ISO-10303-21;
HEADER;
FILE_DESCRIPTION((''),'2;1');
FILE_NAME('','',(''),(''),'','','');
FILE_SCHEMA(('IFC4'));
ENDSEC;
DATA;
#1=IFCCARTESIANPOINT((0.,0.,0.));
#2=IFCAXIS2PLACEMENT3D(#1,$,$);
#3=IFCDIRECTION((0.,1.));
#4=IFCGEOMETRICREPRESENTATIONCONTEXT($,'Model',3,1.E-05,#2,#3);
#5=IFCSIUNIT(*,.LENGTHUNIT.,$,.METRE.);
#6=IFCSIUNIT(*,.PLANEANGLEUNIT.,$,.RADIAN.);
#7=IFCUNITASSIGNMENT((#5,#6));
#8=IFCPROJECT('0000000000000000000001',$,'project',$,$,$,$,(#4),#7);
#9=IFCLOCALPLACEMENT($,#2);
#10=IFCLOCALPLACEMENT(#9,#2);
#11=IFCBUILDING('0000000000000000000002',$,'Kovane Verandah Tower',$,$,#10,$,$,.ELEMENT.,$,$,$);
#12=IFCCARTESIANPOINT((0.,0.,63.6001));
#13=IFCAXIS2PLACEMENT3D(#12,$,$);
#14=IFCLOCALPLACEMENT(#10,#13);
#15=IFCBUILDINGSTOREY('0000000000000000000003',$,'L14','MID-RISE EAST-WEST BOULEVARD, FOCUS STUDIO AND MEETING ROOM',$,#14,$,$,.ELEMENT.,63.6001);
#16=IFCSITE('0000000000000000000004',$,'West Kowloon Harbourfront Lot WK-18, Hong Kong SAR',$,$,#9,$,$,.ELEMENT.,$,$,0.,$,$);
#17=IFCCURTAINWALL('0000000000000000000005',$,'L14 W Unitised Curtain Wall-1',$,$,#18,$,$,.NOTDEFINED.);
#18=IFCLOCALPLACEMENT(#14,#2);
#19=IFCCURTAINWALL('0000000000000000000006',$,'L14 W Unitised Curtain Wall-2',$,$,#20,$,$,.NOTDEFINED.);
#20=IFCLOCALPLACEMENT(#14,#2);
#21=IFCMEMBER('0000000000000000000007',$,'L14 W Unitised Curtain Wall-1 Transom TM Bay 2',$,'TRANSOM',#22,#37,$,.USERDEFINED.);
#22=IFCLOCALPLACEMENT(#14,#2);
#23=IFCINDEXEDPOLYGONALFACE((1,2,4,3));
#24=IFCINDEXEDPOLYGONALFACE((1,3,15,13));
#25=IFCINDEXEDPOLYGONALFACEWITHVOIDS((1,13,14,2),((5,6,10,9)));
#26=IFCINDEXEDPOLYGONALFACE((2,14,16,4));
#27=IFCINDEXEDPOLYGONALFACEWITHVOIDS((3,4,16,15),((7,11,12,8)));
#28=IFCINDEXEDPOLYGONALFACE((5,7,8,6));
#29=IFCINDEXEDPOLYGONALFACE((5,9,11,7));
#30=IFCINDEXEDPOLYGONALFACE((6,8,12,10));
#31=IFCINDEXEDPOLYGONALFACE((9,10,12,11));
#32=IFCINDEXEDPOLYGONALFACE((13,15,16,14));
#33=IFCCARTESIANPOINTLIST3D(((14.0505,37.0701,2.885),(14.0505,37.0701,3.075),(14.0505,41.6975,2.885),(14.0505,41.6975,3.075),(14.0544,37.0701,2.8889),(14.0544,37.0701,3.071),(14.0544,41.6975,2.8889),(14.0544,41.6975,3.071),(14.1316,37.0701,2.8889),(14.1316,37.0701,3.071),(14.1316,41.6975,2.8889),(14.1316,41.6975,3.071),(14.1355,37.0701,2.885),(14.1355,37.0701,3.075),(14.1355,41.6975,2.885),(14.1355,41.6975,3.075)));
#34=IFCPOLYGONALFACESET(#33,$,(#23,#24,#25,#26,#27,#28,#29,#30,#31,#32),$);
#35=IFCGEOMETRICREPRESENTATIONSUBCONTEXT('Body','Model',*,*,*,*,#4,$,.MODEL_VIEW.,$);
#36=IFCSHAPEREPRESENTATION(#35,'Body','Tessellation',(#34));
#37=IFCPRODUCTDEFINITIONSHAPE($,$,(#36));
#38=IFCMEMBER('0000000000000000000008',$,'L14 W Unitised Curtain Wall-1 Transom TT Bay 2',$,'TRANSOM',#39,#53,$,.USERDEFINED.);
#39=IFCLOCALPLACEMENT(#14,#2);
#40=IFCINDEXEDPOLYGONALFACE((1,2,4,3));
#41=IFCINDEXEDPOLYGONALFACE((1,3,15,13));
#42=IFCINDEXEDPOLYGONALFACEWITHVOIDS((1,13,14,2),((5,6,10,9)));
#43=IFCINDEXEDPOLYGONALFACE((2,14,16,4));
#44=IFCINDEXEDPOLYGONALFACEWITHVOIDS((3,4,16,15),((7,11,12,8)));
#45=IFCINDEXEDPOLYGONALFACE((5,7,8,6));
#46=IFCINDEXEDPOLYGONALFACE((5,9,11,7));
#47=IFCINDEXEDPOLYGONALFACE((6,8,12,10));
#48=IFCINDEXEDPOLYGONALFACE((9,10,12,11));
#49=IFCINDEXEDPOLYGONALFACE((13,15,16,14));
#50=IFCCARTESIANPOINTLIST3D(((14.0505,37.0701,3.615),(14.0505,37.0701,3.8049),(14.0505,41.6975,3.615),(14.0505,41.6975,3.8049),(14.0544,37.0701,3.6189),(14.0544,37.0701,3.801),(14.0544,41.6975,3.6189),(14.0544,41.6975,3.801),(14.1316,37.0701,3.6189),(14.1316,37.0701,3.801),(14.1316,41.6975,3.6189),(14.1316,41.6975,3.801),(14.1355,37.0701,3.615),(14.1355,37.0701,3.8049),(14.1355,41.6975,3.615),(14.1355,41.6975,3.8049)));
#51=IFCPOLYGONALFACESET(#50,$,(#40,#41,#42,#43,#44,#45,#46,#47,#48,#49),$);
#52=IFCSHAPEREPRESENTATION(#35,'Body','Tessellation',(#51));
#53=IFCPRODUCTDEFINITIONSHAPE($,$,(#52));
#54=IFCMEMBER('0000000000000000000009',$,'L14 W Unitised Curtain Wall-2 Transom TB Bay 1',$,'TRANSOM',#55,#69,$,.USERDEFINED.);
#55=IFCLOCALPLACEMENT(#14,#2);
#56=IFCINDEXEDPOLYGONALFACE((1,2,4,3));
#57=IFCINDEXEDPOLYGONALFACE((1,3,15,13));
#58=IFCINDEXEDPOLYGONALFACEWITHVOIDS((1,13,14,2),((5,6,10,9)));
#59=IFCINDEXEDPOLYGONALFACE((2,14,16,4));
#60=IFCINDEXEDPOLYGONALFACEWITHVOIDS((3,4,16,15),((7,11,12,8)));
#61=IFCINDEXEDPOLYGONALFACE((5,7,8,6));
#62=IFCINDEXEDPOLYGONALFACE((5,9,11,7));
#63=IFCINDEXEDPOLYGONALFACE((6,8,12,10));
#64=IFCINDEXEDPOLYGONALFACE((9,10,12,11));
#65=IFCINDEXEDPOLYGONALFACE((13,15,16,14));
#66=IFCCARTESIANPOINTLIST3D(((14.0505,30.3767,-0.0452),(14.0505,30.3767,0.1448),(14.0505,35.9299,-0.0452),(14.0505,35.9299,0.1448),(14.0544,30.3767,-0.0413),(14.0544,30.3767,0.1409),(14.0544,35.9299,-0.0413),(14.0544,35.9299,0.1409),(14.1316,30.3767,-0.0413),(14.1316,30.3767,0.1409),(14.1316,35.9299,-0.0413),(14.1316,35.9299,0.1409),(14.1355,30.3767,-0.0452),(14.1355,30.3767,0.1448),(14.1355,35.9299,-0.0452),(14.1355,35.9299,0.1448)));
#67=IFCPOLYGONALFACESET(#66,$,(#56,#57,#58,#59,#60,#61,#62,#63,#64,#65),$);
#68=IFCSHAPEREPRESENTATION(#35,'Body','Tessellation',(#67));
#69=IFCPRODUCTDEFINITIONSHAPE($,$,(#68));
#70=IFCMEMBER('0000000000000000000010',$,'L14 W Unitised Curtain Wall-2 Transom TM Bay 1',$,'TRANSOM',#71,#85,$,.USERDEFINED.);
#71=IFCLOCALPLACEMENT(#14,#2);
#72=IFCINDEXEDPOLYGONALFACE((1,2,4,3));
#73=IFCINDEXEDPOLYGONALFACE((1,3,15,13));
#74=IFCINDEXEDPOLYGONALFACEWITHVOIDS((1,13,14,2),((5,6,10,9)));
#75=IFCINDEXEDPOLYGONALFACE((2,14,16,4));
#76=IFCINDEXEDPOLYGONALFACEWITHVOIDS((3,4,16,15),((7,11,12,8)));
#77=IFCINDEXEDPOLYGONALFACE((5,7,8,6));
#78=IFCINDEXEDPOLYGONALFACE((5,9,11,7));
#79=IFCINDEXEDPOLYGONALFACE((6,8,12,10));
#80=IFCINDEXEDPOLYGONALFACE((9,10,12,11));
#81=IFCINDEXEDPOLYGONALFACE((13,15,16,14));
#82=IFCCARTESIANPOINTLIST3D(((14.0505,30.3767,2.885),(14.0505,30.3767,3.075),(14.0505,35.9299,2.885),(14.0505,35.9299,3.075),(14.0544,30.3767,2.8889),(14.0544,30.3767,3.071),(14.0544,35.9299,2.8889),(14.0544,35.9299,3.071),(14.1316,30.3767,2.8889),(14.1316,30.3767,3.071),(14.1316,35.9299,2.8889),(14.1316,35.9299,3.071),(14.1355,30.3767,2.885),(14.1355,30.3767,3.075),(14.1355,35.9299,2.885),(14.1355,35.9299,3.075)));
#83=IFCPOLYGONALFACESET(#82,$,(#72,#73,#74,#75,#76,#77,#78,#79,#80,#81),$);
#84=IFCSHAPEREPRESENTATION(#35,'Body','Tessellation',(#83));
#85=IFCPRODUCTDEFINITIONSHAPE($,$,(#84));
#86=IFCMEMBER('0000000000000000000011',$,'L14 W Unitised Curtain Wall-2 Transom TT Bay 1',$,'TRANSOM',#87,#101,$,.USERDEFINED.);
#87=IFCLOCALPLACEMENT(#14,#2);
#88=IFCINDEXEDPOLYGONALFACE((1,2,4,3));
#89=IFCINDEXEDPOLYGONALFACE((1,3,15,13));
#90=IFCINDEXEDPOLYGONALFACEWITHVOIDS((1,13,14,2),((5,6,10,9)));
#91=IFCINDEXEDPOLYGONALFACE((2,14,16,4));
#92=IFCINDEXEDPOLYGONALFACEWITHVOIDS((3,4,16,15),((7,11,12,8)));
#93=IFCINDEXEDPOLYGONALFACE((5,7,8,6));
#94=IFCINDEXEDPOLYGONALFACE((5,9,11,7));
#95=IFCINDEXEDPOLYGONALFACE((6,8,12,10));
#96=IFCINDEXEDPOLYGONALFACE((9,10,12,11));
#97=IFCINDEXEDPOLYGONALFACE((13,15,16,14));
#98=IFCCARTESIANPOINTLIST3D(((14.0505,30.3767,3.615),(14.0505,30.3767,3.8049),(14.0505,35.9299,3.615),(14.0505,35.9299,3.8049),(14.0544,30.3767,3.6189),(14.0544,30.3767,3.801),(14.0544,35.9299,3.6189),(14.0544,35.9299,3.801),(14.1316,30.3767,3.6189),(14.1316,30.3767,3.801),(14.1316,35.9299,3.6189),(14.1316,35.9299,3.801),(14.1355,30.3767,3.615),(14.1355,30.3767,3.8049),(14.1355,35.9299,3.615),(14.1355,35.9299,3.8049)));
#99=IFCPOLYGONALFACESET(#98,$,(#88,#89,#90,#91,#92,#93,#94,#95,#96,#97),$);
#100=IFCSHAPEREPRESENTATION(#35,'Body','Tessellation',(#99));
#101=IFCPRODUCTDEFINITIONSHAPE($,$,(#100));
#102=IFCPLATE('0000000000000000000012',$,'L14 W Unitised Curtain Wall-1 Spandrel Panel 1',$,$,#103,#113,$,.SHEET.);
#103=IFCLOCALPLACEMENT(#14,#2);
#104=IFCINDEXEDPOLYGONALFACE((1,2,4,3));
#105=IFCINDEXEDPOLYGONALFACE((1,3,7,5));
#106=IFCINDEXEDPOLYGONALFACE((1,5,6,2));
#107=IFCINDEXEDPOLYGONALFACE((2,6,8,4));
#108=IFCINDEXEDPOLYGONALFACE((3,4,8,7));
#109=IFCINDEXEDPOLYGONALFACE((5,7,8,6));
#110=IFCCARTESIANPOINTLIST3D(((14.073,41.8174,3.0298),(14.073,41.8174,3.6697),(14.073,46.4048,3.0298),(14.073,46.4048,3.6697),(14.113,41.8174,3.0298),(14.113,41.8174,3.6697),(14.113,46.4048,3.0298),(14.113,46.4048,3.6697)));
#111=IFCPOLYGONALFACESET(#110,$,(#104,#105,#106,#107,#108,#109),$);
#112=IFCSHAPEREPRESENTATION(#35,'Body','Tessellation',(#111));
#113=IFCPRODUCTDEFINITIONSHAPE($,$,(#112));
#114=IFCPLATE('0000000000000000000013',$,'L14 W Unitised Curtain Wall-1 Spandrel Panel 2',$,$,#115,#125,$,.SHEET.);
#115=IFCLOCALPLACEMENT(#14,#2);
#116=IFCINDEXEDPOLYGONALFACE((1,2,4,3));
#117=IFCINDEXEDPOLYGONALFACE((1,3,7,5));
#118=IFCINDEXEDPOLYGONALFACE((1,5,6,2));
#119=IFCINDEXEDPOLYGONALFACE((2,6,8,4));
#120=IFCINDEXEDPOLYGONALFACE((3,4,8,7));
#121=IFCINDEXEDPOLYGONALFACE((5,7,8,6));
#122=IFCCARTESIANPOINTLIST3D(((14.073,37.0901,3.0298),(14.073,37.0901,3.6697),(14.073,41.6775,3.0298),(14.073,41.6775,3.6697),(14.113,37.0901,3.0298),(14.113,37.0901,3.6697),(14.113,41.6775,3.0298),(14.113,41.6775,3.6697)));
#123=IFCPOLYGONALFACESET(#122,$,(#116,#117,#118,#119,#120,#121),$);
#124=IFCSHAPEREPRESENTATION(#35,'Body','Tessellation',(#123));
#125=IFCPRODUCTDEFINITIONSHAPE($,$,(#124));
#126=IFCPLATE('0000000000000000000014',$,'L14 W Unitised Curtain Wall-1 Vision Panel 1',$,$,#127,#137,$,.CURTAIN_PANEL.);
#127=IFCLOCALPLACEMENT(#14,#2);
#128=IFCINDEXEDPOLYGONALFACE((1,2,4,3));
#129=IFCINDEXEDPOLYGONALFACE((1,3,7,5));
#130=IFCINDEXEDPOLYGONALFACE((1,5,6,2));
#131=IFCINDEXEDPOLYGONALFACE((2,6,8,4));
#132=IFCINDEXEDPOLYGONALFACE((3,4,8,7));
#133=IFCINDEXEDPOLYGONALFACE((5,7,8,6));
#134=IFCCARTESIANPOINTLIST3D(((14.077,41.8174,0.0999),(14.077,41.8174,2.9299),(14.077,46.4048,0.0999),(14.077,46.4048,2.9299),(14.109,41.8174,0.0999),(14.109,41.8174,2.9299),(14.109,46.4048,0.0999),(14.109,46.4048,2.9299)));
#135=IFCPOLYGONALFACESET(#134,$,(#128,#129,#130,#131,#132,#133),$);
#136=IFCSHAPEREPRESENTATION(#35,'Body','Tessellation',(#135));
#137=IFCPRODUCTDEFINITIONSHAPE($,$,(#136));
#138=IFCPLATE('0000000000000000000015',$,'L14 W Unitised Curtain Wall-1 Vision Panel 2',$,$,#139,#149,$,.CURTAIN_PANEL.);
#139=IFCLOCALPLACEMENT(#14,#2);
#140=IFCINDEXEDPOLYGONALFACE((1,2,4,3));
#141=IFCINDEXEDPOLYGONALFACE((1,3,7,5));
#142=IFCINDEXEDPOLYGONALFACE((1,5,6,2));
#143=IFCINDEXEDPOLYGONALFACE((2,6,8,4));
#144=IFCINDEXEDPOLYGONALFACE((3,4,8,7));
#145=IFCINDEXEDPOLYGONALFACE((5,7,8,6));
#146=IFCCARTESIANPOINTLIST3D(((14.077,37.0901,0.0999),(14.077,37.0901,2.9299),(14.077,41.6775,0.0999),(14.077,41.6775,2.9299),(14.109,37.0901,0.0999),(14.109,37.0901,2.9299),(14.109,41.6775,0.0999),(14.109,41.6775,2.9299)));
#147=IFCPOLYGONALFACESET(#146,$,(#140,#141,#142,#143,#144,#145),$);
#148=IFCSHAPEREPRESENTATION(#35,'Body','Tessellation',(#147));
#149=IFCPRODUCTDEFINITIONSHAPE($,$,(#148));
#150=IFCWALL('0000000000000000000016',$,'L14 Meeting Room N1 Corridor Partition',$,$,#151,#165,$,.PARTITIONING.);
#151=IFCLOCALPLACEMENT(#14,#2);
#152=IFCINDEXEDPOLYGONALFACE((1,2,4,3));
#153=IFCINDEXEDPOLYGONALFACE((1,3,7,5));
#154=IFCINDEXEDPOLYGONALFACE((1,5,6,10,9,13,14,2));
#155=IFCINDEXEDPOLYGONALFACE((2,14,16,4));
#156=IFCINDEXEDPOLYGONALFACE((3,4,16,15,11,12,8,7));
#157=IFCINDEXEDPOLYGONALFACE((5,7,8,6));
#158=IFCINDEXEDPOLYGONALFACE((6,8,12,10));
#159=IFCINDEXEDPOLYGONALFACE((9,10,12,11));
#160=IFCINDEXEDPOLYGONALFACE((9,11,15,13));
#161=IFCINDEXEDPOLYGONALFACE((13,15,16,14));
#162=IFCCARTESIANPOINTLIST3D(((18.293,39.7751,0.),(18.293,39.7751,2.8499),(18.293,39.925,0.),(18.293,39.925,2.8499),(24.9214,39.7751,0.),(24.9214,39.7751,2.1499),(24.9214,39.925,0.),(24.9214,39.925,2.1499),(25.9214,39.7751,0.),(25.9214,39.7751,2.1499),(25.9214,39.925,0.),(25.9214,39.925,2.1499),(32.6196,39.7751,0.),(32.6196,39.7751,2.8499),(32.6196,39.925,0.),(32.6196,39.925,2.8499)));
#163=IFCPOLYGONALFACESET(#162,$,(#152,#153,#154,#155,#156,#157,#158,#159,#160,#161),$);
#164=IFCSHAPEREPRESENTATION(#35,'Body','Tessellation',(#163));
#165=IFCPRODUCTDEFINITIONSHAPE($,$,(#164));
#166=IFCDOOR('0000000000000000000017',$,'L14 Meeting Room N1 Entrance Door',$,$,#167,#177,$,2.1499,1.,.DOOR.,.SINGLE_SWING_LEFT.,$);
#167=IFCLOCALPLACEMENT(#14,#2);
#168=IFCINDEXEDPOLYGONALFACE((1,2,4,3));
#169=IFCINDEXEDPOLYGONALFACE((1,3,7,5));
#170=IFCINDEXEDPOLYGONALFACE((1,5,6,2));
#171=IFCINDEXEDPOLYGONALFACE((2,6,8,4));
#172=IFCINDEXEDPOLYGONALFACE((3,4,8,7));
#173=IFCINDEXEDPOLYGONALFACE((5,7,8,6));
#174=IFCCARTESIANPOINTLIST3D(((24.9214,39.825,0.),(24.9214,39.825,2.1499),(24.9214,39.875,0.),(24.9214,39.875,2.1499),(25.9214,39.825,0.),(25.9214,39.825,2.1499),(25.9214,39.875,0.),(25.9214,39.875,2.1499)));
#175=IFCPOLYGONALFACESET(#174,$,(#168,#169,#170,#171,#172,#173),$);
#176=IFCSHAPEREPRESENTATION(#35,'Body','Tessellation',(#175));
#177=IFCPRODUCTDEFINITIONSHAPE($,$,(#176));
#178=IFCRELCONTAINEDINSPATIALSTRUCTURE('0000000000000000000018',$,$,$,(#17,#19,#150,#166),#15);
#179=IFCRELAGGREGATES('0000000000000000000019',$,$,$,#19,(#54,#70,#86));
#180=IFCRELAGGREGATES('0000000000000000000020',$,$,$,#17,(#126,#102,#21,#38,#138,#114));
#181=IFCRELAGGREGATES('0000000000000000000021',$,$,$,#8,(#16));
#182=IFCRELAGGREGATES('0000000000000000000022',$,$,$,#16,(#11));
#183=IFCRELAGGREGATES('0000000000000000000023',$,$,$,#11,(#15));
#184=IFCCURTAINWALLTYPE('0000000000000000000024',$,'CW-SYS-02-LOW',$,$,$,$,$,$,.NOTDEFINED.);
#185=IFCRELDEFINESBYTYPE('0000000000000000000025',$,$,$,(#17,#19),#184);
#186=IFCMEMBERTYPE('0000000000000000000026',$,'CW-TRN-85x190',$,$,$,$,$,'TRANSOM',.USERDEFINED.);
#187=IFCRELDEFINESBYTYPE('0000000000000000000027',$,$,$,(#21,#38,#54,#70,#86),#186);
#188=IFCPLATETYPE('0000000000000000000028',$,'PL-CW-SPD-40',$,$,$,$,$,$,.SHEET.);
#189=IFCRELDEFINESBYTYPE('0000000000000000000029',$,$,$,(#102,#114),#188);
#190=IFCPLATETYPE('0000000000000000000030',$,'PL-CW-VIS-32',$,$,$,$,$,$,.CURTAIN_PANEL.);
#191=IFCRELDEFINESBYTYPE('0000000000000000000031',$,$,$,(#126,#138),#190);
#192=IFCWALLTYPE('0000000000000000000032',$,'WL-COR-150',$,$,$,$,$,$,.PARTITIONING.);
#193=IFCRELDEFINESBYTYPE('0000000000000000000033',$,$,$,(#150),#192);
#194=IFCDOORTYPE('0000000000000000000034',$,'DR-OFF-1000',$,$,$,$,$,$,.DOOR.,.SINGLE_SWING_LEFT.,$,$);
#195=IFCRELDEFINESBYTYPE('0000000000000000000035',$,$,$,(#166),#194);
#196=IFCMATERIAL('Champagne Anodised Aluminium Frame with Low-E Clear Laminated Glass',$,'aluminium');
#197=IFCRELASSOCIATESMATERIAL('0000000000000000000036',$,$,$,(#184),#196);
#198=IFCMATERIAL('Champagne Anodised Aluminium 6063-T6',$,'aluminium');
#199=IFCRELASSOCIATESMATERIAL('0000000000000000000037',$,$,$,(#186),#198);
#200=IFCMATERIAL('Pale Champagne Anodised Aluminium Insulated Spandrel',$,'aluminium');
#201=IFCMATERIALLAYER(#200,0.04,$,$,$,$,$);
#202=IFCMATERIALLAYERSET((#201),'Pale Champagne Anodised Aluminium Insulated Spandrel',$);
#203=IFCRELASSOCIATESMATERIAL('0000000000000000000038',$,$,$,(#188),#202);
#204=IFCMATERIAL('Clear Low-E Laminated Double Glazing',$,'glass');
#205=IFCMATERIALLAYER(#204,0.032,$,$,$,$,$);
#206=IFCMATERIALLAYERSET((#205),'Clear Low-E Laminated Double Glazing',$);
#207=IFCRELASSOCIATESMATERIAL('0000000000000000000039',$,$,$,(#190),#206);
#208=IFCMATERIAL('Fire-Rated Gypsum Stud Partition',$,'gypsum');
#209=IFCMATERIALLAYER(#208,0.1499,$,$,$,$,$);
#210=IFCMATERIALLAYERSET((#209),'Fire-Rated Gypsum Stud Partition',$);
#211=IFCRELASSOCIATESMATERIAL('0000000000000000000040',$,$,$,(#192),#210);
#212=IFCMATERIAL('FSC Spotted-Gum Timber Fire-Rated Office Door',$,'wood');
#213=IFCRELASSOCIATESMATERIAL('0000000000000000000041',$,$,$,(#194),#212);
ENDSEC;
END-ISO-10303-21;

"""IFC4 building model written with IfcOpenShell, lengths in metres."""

from ifc_helpers import new_model, si_unit, direction, frame, frame_2d, origin, origin_2d, place, context, subcontext, project, spatial, rectangle, hollow_rectangle, extrude, material, layer, layer_set, material_profile, profile_set, type_object, element, fill, aggregate, save


model = new_model("IFC4")

# Units and contexts
model_context = context("Model", 3, precision=1e-05, world=origin(), true_north=direction((0.0, 1.0)))
body_context = subcontext(model_context, "Body", "Model", "MODEL_VIEW")
ifc_project = project(units=[si_unit("LENGTHUNIT", "METRE"), si_unit("PLANEANGLEUNIT", "RADIAN")], contexts=[model_context])

# Site, building, storey
site_placement = place(None, origin())
site = spatial("IfcSite", under=ifc_project, at=site_placement, Name="West Kowloon Harbourfront Lot WK-18, Hong Kong SAR", CompositionType="ELEMENT", RefElevation=0.0)
building_placement = place(site_placement, origin())
building = spatial("IfcBuilding", under=site, at=building_placement, Name="Kovane Verandah Tower", CompositionType="ELEMENT")
storey_placement = place(building_placement, frame((0.0, 0.0, 63.6001)))
storey = spatial("IfcBuildingStorey", under=building, at=storey_placement, Name="L14", Description="MID-RISE EAST-WEST BOULEVARD, FOCUS STUDIO AND MEETING ROOM", CompositionType="ELEMENT", Elevation=63.6001)

# Curtain wall
ifc_material_1 = material(Name="Champagne Anodised Aluminium Frame with Low-E Clear Laminated Glass", Category="aluminium")
curtain_wall_type = type_object("IfcCurtainWallType", Name="CW-SYS-02-LOW", PredefinedType="NOTDEFINED", material=ifc_material_1)
curtain_wall_1_placement = place(storey_placement, origin())
curtain_wall_1 = element("IfcCurtainWall", 1, at=curtain_wall_1_placement, inside=storey, type_object=curtain_wall_type, Name="L14 W Unitised Curtain Wall-1", PredefinedType="NOTDEFINED")
ifc_material_2 = material(Name="Champagne Anodised Aluminium 6063-T6", Category="aluminium")

# Curtain wall
curtain_wall_2_placement = place(storey_placement, origin())
curtain_wall_2 = element("IfcCurtainWall", 2, at=curtain_wall_2_placement, inside=storey, type_object=curtain_wall_type, Name="L14 W Unitised Curtain Wall-2", PredefinedType="NOTDEFINED")

# Members
ifc_material_profile_1 = material_profile(ifc_material_2, hollow_rectangle(XDim=0.085, YDim=0.1899, WallThickness=0.0039, at=origin_2d()), Name="AL85x190x4")
ifc_profile_set_1 = profile_set([ifc_material_profile_1], Name="Champagne Anodised Aluminium 6063-T6")
member_type_1 = type_object("IfcMemberType", Name="CW-TRN-85x190", ElementType="TRANSOM", PredefinedType="USERDEFINED", material=ifc_profile_set_1)
member_1_placement = place(storey_placement, frame((14.093, 41.6975, 2.98), z_axis=(0.0, -1.0, 0.0), x_axis=(1.0, 0.0, 0.0)))
member_1 = element("IfcMember", 3, at=member_1_placement, type_object=member_type_1, Name="L14 W Unitised Curtain Wall-1 Transom TM Bay 2", ObjectType="TRANSOM", PredefinedType="USERDEFINED", context=body_context, shape_type="SweptSolid", body=[
    extrude(hollow_rectangle(XDim=0.085, YDim=0.1899, WallThickness=0.0039, at=origin_2d()), origin(), (0.0, 0.0, 1.0), 4.6274),
])
member_2_placement = place(storey_placement, frame((14.093, 41.6975, 3.71), z_axis=(0.0, -1.0, 0.0), x_axis=(1.0, 0.0, 0.0)))
member_2 = element("IfcMember", 4, at=member_2_placement, type_object=member_type_1, Name="L14 W Unitised Curtain Wall-1 Transom TT Bay 2", ObjectType="TRANSOM", PredefinedType="USERDEFINED", context=body_context, shape_type="SweptSolid", body=[
    extrude(hollow_rectangle(XDim=0.085, YDim=0.1899, WallThickness=0.0039, at=origin_2d()), origin(), (0.0, 0.0, 1.0), 4.6274),
])
member_3_placement = place(storey_placement, frame((14.093, 35.9299, 0.0498), z_axis=(0.0, -1.0, 0.0), x_axis=(1.0, 0.0, 0.0)))
member_3 = element("IfcMember", 5, at=member_3_placement, type_object=member_type_1, Name="L14 W Unitised Curtain Wall-2 Transom TB Bay 1", ObjectType="TRANSOM", PredefinedType="USERDEFINED", context=body_context, shape_type="SweptSolid", body=[
    extrude(hollow_rectangle(XDim=0.085, YDim=0.1899, WallThickness=0.0039, at=origin_2d()), origin(), (0.0, 0.0, 1.0), 5.5532),
])
member_4_placement = place(storey_placement, frame((14.093, 35.9299, 2.98), z_axis=(0.0, -1.0, 0.0), x_axis=(1.0, 0.0, 0.0)))
member_4 = element("IfcMember", 6, at=member_4_placement, type_object=member_type_1, Name="L14 W Unitised Curtain Wall-2 Transom TM Bay 1", ObjectType="TRANSOM", PredefinedType="USERDEFINED", context=body_context, shape_type="SweptSolid", body=[
    extrude(hollow_rectangle(XDim=0.085, YDim=0.1899, WallThickness=0.0039, at=origin_2d()), origin(), (0.0, 0.0, 1.0), 5.5532),
])
member_5_placement = place(storey_placement, frame((14.093, 35.9299, 3.71), z_axis=(0.0, -1.0, 0.0), x_axis=(1.0, 0.0, 0.0)))
member_5 = element("IfcMember", 7, at=member_5_placement, type_object=member_type_1, Name="L14 W Unitised Curtain Wall-2 Transom TT Bay 1", ObjectType="TRANSOM", PredefinedType="USERDEFINED", context=body_context, shape_type="SweptSolid", body=[
    extrude(hollow_rectangle(XDim=0.085, YDim=0.1899, WallThickness=0.0039, at=origin_2d()), origin(), (0.0, 0.0, 1.0), 5.5532),
])
aggregate(curtain_wall_2, [member_3, member_4, member_5])

# Plates
ifc_material_3 = material(Name="Pale Champagne Anodised Aluminium Insulated Spandrel", Category="aluminium")
ifc_layer_1 = layer(ifc_material_3, 0.04)
ifc_layer_set_1 = layer_set([ifc_layer_1], Name="Pale Champagne Anodised Aluminium Insulated Spandrel")
plate_type_1 = type_object("IfcPlateType", Name="PL-CW-SPD-40", PredefinedType="SHEET", material=ifc_layer_set_1)
plate_1_placement = place(storey_placement, frame((14.093, 44.1111, 3.0298), z_axis=(0.0, 0.0, 1.0), x_axis=(0.0, -1.0, 0.0)))
plate_1 = element("IfcPlate", 8, at=plate_1_placement, type_object=plate_type_1, Name="L14 W Unitised Curtain Wall-1 Spandrel Panel 1", PredefinedType="SHEET", context=body_context, shape_type="SweptSolid", body=[
    extrude(rectangle(XDim=4.5874, YDim=0.04, at=origin_2d()), origin(), (0.0, 0.0, 1.0), 0.6399),
])
plate_2_placement = place(storey_placement, frame((14.093, 39.3838, 3.0298), z_axis=(0.0, 0.0, 1.0), x_axis=(0.0, -1.0, 0.0)))
plate_2 = element("IfcPlate", 9, at=plate_2_placement, type_object=plate_type_1, Name="L14 W Unitised Curtain Wall-1 Spandrel Panel 2", PredefinedType="SHEET", context=body_context, shape_type="SweptSolid", body=[
    extrude(rectangle(XDim=4.5874, YDim=0.04, at=origin_2d()), origin(), (0.0, 0.0, 1.0), 0.6399),
])
ifc_material_4 = material(Name="Clear Low-E Laminated Double Glazing", Category="glass")
ifc_layer_2 = layer(ifc_material_4, 0.032)
ifc_layer_set_2 = layer_set([ifc_layer_2], Name="Clear Low-E Laminated Double Glazing")
plate_type_2 = type_object("IfcPlateType", Name="PL-CW-VIS-32", PredefinedType="CURTAIN_PANEL", material=ifc_layer_set_2)
plate_3_placement = place(storey_placement, frame((14.093, 44.1111, 0.0999), z_axis=(0.0, 0.0, 1.0), x_axis=(0.0, -1.0, 0.0)))
plate_3 = element("IfcPlate", 10, at=plate_3_placement, type_object=plate_type_2, Name="L14 W Unitised Curtain Wall-1 Vision Panel 1", PredefinedType="CURTAIN_PANEL", context=body_context, shape_type="SweptSolid", body=[
    extrude(rectangle(XDim=4.5874, YDim=0.032, at=origin_2d()), origin(), (0.0, 0.0, 1.0), 2.8301),
])
plate_4_placement = place(storey_placement, frame((14.093, 39.3838, 0.0999), z_axis=(0.0, 0.0, 1.0), x_axis=(0.0, -1.0, 0.0)))
plate_4 = element("IfcPlate", 11, at=plate_4_placement, type_object=plate_type_2, Name="L14 W Unitised Curtain Wall-1 Vision Panel 2", PredefinedType="CURTAIN_PANEL", context=body_context, shape_type="SweptSolid", body=[
    extrude(rectangle(XDim=4.5874, YDim=0.032, at=origin_2d()), origin(), (0.0, 0.0, 1.0), 2.8301),
])
aggregate(curtain_wall_1, [plate_3, plate_1, member_1, member_2, plate_4, plate_2])

# Wall, opening, door
ifc_material_5 = material(Name="Fire-Rated Gypsum Stud Partition", Category="gypsum")
ifc_layer_3 = layer(ifc_material_5, 0.1499)
ifc_layer_set_3 = layer_set([ifc_layer_3], Name="Fire-Rated Gypsum Stud Partition")
wall_type_1 = type_object("IfcWallType", Name="WL-COR-150", PredefinedType="PARTITIONING", material=ifc_layer_set_3)
wall_1_placement = place(storey_placement, frame((18.293, 39.8501, 0.0), z_axis=(0.0, 0.0, 1.0), x_axis=(1.0, 0.0, 0.0)))
wall_1 = element("IfcWall", 12, at=wall_1_placement, inside=storey, type_object=wall_type_1, Name="L14 Meeting Room N1 Corridor Partition", PredefinedType="PARTITIONING", context=body_context, shape_type="SweptSolid", body=[
    extrude(rectangle(XDim=14.3267, YDim=0.1499, at=frame_2d((7.1633, 0.0))), origin(), (0.0, 0.0, 1.0), 2.8499),
])
opening_1_placement = place(wall_1_placement, frame((6.6284, 0.0, 0.0)))
opening_1 = element("IfcOpeningElement", 13, at=opening_1_placement, cuts=wall_1, PredefinedType="OPENING", context=body_context, shape_type="SweptSolid", body=[
    extrude(rectangle(XDim=1.0, YDim=2.1499, at=frame_2d((0.5, 1.075))), frame((0.0, 0.075, 0.0), z_axis=(0.0, -1.0, 0.0), x_axis=(1.0, 0.0, 0.0)), (0.0, 0.0, 1.0), 0.1499),
])
ifc_material_6 = material(Name="FSC Spotted-Gum Timber Fire-Rated Office Door", Category="wood")
door_type = type_object("IfcDoorType", Name="DR-OFF-1000", OperationType="SINGLE_SWING_LEFT", PredefinedType="DOOR", material=ifc_material_6)
door_placement = place(opening_1_placement, origin())
door = element("IfcDoor", 14, at=door_placement, inside=storey, type_object=door_type, Name="L14 Meeting Room N1 Entrance Door", OperationType="SINGLE_SWING_LEFT", OverallHeight=2.1499, OverallWidth=1.0, PredefinedType="DOOR", context=body_context, shape_type="SweptSolid", body=[
    extrude(rectangle(XDim=1.0, YDim=2.1499, at=frame_2d((0.5, 1.075))), frame((0.0, 0.0249, 0.0), z_axis=(0.0, -1.0, 0.0), x_axis=(1.0, 0.0, 0.0)), (0.0, 0.0, 1.0), 0.05),
])
fill(opening_1, door)

save(model, "model.ifc")
